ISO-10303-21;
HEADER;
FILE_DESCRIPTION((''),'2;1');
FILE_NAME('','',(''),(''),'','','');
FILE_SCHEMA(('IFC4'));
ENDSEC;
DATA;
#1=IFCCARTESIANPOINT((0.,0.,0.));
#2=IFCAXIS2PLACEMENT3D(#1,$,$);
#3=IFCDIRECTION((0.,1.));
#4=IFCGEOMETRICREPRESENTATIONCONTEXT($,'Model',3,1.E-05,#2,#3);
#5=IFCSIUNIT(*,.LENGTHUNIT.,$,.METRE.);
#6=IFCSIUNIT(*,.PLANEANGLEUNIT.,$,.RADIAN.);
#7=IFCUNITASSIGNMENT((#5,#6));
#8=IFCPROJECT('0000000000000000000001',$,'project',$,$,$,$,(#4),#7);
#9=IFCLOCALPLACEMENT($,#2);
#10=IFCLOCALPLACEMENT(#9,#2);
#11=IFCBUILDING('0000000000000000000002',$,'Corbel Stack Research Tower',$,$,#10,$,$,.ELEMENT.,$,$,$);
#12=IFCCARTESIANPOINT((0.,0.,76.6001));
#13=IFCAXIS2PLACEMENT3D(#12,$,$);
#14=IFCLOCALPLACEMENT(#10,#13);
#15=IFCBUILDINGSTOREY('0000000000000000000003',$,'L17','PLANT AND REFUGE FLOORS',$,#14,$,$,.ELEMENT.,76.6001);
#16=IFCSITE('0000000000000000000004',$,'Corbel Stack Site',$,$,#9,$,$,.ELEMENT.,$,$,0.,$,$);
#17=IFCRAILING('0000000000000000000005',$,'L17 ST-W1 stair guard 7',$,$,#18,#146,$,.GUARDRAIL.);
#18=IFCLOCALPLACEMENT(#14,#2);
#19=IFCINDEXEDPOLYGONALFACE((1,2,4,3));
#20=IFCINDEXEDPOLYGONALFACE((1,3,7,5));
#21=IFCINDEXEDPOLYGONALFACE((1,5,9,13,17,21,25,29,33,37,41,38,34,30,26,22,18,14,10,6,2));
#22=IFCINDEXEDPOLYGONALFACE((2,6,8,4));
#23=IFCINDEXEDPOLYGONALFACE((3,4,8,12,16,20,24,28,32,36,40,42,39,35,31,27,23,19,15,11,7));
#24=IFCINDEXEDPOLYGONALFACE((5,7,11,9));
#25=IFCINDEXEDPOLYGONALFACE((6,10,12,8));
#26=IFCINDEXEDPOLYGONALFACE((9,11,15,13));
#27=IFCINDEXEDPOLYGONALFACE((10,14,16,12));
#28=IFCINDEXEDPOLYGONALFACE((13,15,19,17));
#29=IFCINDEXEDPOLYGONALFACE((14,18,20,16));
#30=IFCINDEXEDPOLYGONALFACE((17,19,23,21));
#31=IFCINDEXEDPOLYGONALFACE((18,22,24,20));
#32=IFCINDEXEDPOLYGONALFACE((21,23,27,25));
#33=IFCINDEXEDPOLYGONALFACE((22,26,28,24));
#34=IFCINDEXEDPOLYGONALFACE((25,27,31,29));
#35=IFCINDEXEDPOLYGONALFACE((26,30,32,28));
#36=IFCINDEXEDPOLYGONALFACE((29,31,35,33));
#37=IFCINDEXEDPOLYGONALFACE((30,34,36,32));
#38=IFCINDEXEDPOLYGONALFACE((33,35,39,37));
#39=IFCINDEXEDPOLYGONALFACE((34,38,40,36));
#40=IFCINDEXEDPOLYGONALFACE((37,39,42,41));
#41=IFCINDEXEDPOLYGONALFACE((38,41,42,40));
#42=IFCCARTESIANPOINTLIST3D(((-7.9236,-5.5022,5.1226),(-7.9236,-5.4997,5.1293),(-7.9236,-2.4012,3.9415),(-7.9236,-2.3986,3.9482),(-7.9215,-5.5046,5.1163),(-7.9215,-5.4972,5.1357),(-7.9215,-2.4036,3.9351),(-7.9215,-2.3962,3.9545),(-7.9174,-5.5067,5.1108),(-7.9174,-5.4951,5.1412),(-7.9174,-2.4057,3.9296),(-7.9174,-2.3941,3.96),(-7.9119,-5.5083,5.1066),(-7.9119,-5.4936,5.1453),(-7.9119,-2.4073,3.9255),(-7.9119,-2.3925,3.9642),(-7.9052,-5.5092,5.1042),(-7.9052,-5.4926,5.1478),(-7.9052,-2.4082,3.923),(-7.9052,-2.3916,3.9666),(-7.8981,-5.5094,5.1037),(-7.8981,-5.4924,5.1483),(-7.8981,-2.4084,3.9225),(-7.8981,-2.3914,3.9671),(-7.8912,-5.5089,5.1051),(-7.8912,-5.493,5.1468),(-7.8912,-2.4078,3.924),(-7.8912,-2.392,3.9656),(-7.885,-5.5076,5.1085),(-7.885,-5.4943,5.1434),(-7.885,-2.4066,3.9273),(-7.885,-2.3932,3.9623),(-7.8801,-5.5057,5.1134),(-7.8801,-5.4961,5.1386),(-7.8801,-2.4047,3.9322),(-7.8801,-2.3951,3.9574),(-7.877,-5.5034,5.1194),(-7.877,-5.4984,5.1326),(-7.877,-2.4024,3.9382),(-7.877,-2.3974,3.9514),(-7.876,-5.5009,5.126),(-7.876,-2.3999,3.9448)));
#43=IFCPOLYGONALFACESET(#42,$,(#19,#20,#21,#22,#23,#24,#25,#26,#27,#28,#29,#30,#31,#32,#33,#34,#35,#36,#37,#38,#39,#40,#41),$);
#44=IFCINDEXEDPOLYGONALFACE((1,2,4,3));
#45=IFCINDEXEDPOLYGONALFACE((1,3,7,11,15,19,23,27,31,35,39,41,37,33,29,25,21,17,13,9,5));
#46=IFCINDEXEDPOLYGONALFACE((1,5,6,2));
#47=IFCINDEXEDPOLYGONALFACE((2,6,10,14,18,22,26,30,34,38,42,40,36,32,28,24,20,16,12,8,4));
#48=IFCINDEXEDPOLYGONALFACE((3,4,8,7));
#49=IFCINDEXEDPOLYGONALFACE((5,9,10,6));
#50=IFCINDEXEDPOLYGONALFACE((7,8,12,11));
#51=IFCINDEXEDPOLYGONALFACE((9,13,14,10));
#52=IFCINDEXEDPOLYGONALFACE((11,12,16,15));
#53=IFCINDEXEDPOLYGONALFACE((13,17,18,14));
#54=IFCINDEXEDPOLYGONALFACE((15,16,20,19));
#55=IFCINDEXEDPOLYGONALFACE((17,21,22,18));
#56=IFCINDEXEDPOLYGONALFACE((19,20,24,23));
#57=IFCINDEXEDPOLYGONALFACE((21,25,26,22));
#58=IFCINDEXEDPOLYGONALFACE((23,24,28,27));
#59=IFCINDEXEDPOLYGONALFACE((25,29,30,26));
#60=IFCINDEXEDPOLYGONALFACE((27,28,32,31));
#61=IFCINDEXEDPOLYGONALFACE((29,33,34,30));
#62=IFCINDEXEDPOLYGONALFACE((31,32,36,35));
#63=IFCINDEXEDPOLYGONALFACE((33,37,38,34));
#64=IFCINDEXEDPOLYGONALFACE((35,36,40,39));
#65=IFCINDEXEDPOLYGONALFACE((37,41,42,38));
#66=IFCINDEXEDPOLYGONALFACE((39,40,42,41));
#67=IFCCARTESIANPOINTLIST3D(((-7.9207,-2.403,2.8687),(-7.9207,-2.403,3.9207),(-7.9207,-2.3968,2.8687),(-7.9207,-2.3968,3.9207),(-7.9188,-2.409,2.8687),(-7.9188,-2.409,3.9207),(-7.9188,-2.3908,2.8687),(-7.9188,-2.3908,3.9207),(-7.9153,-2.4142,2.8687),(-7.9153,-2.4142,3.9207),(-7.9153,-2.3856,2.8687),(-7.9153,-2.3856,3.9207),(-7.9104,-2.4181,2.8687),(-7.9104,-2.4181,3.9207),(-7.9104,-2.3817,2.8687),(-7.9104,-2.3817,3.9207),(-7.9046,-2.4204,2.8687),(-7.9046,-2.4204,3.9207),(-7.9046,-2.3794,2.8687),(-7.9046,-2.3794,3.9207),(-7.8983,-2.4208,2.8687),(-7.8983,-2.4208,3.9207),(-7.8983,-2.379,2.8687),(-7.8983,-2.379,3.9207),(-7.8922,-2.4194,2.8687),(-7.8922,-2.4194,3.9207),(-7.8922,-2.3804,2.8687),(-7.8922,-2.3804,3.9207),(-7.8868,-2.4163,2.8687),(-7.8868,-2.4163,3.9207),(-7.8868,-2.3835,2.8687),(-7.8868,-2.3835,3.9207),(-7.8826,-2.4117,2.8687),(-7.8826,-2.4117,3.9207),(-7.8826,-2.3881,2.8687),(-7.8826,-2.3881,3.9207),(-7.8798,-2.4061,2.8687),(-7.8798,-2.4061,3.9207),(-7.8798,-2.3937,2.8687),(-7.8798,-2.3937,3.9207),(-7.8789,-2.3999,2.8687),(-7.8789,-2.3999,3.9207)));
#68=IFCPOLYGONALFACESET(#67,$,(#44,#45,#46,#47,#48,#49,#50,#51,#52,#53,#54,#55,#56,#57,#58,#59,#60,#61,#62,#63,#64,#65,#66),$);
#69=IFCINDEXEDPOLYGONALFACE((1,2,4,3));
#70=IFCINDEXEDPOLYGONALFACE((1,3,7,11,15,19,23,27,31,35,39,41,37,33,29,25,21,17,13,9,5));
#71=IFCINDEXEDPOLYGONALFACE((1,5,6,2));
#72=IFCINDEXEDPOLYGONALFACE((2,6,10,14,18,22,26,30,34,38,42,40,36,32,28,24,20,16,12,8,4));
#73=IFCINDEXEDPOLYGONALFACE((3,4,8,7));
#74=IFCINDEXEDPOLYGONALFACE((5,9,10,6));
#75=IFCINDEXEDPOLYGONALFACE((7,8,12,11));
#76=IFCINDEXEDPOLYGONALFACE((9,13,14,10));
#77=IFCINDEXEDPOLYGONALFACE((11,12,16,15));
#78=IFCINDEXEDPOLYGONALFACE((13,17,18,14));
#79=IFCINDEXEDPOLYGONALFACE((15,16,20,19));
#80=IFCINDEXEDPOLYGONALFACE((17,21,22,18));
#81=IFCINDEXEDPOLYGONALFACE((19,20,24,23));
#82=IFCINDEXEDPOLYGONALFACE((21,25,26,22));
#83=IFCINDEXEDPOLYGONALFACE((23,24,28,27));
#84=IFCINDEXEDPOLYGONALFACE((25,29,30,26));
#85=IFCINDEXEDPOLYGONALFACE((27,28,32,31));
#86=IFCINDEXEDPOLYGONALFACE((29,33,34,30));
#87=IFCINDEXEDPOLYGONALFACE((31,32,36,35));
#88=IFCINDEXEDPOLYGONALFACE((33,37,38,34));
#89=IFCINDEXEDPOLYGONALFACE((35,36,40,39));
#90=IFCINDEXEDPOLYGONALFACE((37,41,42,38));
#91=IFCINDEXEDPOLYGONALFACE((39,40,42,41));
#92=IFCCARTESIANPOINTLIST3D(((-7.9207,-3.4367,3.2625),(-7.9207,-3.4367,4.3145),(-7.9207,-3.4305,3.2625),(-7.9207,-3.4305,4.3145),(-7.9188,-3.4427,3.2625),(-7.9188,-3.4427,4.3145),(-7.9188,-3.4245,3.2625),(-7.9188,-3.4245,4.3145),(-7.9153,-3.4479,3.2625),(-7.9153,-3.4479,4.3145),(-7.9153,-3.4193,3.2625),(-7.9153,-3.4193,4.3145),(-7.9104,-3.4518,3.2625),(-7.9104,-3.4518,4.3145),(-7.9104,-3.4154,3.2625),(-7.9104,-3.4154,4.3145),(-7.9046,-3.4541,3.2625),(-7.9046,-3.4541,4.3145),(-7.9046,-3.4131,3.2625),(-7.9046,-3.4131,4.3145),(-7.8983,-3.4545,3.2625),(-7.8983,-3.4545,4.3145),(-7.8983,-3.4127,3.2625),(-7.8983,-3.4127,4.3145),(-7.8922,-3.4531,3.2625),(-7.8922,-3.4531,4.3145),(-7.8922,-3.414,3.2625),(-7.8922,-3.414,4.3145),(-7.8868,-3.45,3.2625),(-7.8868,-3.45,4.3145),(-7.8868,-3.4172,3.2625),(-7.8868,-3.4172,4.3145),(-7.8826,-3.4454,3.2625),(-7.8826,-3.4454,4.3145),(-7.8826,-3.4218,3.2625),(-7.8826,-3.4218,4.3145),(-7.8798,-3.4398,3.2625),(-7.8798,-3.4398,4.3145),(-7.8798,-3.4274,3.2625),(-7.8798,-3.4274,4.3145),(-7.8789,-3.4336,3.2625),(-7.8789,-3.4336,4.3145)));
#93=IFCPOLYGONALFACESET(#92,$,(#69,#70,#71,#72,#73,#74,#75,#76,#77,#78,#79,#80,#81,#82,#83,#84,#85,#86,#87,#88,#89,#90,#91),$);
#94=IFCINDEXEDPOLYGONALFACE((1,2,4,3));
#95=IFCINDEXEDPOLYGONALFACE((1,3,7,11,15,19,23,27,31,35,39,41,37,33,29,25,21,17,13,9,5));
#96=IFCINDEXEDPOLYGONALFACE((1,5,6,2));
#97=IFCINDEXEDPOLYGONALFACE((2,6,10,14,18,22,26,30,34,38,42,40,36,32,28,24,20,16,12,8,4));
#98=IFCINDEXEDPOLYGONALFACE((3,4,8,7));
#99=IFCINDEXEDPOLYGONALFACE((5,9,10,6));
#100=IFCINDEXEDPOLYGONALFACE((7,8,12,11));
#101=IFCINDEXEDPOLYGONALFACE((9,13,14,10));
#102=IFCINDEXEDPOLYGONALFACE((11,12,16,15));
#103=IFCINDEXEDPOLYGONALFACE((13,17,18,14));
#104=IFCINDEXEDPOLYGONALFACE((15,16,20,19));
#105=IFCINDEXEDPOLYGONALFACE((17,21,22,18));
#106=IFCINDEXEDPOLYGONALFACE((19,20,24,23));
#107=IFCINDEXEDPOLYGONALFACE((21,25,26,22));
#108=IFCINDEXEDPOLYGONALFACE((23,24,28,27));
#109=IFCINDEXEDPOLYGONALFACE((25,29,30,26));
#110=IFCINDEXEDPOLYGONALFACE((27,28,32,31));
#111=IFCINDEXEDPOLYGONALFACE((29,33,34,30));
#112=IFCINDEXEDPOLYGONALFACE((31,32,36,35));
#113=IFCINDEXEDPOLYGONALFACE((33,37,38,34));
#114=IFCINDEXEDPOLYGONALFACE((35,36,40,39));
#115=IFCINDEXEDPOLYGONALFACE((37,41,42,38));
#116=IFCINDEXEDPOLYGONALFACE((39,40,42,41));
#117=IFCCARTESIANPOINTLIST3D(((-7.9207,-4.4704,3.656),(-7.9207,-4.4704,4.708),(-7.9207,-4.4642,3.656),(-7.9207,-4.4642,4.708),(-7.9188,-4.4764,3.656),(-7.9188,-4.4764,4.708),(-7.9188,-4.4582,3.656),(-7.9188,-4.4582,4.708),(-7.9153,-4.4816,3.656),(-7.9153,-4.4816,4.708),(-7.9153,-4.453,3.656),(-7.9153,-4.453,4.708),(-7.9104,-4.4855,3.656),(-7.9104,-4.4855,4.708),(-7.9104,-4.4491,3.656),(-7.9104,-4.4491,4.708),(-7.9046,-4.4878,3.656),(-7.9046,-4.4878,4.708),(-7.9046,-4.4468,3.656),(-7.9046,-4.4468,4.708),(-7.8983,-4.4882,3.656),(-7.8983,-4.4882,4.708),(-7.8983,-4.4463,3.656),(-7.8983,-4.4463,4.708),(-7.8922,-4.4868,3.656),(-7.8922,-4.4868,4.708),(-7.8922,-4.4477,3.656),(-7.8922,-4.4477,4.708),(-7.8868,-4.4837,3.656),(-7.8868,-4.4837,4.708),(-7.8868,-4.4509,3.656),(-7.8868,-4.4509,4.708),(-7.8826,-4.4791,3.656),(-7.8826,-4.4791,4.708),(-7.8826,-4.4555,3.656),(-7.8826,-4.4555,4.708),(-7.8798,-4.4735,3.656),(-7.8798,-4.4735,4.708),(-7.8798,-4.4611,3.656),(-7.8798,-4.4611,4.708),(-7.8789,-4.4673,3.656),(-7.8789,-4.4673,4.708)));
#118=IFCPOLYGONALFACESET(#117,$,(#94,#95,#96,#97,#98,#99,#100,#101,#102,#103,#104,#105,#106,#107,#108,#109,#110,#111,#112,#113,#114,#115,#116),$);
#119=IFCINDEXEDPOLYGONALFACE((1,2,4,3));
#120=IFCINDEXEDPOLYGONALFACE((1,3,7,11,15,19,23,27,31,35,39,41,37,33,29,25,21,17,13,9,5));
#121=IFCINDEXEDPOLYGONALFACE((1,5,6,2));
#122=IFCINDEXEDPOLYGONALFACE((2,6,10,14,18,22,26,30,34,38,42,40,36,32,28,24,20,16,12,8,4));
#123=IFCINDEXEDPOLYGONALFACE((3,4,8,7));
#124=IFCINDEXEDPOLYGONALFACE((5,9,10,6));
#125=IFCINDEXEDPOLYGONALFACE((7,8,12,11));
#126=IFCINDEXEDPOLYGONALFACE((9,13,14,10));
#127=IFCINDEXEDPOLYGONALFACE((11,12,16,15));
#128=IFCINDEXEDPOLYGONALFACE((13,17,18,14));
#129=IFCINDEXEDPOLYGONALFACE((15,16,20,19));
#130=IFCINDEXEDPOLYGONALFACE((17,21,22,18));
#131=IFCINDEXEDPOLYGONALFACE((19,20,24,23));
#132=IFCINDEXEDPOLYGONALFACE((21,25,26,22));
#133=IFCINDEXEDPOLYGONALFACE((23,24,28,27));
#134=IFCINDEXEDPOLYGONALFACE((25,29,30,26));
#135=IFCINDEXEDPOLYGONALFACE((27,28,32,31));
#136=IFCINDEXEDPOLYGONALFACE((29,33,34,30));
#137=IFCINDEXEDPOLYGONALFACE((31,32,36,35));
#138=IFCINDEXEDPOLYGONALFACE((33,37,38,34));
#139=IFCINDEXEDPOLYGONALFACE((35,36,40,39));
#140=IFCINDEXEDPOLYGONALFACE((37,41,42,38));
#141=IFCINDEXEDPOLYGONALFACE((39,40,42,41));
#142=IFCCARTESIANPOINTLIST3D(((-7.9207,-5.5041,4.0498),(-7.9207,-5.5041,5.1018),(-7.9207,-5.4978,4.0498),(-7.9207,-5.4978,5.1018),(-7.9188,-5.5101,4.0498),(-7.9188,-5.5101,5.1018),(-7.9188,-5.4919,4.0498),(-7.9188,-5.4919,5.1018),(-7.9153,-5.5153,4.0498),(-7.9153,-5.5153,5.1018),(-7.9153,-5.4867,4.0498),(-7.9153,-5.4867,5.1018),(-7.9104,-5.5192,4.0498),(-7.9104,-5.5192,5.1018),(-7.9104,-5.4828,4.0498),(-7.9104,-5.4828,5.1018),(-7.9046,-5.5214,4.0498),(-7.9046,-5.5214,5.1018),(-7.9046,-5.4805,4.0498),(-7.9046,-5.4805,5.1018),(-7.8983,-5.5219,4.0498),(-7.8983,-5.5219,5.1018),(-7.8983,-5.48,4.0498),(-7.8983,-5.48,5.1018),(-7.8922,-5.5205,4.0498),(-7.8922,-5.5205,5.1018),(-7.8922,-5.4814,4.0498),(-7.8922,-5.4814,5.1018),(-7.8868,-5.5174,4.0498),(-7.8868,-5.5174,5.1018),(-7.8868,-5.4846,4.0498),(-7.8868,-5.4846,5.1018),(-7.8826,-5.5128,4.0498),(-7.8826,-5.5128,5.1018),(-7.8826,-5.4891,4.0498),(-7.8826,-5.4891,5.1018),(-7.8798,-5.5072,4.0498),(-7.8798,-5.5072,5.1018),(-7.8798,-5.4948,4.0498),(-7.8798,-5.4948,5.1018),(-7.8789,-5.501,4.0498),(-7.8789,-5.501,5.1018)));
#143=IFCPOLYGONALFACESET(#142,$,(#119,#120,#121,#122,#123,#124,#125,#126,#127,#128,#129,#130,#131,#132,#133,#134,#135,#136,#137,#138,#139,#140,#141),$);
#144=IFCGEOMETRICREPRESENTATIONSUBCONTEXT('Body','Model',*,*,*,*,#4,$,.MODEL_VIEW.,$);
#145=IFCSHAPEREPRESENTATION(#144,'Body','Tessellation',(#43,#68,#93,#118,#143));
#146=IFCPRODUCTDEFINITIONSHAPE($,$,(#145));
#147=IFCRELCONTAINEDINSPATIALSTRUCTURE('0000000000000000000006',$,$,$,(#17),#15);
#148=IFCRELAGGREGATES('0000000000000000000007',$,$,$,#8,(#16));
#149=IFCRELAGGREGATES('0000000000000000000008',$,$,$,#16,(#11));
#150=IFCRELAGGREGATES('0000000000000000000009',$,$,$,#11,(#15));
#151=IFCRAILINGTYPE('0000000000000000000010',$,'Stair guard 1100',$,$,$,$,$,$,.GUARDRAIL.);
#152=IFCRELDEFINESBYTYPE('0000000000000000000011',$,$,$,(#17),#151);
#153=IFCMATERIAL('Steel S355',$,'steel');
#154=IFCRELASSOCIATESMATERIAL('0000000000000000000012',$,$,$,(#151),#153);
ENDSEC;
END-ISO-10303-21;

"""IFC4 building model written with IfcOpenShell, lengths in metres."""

from ifc_helpers import new_model, si_unit, direction, frame, origin, origin_2d, place, context, subcontext, project, spatial, circle, extrude, material, type_object, element, save


model = new_model("IFC4")

# Units and contexts
model_context = context("Model", 3, precision=1e-05, world=origin(), true_north=direction((0.0, 1.0)))
body_context = subcontext(model_context, "Body", "Model", "MODEL_VIEW")
ifc_project = project(units=[si_unit("LENGTHUNIT", "METRE"), si_unit("PLANEANGLEUNIT", "RADIAN")], contexts=[model_context])

# Site, building, storey
site_placement = place(None, origin())
site = spatial("IfcSite", under=ifc_project, at=site_placement, Name="Corbel Stack Site", CompositionType="ELEMENT", RefElevation=0.0)
building_placement = place(site_placement, origin())
building = spatial("IfcBuilding", under=site, at=building_placement, Name="Corbel Stack Research Tower", CompositionType="ELEMENT")
storey_placement = place(building_placement, frame((0.0, 0.0, 76.6001)))
storey = spatial("IfcBuildingStorey", under=building, at=storey_placement, Name="L17", Description="PLANT AND REFUGE FLOORS", CompositionType="ELEMENT", Elevation=76.6001)

# Railing
ifc_material_1 = material(Name="Steel S355", Category="steel")
railing_type_1 = type_object("IfcRailingType", Name="Stair guard 1100", PredefinedType="GUARDRAIL", material=ifc_material_1)
railing_1_placement = place(storey_placement, frame((-7.8999, -2.3999, 2.8687)))
element("IfcRailing", 1, at=railing_1_placement, inside=storey, type_object=railing_type_1, Name="L17 ST-W1 stair guard 7", PredefinedType="GUARDRAIL", context=body_context, shape_type="SweptSolid", body=[
    extrude(circle(Radius=0.0239, at=origin_2d()), frame((0.0, 0.0, 1.0762), z_axis=(0.0, -0.934509, 0.35594), x_axis=(1.0, 0.0, 0.0)), (0.0, 0.0, 1.0), 3.3184),
    extrude(circle(Radius=0.021, at=origin_2d()), origin(), (0.0, 0.0, 1.0), 1.052),
    extrude(circle(Radius=0.021, at=origin_2d()), frame((0.0, -1.0337, 0.3938)), (0.0, 0.0, 1.0), 1.052),
    extrude(circle(Radius=0.021, at=origin_2d()), frame((0.0, -2.0674, 0.7874)), (0.0, 0.0, 1.0), 1.052),
    extrude(circle(Radius=0.021, at=origin_2d()), frame((0.0, -3.1011, 1.1812)), (0.0, 0.0, 1.0), 1.052),
])

save(model, "model.ifc")
